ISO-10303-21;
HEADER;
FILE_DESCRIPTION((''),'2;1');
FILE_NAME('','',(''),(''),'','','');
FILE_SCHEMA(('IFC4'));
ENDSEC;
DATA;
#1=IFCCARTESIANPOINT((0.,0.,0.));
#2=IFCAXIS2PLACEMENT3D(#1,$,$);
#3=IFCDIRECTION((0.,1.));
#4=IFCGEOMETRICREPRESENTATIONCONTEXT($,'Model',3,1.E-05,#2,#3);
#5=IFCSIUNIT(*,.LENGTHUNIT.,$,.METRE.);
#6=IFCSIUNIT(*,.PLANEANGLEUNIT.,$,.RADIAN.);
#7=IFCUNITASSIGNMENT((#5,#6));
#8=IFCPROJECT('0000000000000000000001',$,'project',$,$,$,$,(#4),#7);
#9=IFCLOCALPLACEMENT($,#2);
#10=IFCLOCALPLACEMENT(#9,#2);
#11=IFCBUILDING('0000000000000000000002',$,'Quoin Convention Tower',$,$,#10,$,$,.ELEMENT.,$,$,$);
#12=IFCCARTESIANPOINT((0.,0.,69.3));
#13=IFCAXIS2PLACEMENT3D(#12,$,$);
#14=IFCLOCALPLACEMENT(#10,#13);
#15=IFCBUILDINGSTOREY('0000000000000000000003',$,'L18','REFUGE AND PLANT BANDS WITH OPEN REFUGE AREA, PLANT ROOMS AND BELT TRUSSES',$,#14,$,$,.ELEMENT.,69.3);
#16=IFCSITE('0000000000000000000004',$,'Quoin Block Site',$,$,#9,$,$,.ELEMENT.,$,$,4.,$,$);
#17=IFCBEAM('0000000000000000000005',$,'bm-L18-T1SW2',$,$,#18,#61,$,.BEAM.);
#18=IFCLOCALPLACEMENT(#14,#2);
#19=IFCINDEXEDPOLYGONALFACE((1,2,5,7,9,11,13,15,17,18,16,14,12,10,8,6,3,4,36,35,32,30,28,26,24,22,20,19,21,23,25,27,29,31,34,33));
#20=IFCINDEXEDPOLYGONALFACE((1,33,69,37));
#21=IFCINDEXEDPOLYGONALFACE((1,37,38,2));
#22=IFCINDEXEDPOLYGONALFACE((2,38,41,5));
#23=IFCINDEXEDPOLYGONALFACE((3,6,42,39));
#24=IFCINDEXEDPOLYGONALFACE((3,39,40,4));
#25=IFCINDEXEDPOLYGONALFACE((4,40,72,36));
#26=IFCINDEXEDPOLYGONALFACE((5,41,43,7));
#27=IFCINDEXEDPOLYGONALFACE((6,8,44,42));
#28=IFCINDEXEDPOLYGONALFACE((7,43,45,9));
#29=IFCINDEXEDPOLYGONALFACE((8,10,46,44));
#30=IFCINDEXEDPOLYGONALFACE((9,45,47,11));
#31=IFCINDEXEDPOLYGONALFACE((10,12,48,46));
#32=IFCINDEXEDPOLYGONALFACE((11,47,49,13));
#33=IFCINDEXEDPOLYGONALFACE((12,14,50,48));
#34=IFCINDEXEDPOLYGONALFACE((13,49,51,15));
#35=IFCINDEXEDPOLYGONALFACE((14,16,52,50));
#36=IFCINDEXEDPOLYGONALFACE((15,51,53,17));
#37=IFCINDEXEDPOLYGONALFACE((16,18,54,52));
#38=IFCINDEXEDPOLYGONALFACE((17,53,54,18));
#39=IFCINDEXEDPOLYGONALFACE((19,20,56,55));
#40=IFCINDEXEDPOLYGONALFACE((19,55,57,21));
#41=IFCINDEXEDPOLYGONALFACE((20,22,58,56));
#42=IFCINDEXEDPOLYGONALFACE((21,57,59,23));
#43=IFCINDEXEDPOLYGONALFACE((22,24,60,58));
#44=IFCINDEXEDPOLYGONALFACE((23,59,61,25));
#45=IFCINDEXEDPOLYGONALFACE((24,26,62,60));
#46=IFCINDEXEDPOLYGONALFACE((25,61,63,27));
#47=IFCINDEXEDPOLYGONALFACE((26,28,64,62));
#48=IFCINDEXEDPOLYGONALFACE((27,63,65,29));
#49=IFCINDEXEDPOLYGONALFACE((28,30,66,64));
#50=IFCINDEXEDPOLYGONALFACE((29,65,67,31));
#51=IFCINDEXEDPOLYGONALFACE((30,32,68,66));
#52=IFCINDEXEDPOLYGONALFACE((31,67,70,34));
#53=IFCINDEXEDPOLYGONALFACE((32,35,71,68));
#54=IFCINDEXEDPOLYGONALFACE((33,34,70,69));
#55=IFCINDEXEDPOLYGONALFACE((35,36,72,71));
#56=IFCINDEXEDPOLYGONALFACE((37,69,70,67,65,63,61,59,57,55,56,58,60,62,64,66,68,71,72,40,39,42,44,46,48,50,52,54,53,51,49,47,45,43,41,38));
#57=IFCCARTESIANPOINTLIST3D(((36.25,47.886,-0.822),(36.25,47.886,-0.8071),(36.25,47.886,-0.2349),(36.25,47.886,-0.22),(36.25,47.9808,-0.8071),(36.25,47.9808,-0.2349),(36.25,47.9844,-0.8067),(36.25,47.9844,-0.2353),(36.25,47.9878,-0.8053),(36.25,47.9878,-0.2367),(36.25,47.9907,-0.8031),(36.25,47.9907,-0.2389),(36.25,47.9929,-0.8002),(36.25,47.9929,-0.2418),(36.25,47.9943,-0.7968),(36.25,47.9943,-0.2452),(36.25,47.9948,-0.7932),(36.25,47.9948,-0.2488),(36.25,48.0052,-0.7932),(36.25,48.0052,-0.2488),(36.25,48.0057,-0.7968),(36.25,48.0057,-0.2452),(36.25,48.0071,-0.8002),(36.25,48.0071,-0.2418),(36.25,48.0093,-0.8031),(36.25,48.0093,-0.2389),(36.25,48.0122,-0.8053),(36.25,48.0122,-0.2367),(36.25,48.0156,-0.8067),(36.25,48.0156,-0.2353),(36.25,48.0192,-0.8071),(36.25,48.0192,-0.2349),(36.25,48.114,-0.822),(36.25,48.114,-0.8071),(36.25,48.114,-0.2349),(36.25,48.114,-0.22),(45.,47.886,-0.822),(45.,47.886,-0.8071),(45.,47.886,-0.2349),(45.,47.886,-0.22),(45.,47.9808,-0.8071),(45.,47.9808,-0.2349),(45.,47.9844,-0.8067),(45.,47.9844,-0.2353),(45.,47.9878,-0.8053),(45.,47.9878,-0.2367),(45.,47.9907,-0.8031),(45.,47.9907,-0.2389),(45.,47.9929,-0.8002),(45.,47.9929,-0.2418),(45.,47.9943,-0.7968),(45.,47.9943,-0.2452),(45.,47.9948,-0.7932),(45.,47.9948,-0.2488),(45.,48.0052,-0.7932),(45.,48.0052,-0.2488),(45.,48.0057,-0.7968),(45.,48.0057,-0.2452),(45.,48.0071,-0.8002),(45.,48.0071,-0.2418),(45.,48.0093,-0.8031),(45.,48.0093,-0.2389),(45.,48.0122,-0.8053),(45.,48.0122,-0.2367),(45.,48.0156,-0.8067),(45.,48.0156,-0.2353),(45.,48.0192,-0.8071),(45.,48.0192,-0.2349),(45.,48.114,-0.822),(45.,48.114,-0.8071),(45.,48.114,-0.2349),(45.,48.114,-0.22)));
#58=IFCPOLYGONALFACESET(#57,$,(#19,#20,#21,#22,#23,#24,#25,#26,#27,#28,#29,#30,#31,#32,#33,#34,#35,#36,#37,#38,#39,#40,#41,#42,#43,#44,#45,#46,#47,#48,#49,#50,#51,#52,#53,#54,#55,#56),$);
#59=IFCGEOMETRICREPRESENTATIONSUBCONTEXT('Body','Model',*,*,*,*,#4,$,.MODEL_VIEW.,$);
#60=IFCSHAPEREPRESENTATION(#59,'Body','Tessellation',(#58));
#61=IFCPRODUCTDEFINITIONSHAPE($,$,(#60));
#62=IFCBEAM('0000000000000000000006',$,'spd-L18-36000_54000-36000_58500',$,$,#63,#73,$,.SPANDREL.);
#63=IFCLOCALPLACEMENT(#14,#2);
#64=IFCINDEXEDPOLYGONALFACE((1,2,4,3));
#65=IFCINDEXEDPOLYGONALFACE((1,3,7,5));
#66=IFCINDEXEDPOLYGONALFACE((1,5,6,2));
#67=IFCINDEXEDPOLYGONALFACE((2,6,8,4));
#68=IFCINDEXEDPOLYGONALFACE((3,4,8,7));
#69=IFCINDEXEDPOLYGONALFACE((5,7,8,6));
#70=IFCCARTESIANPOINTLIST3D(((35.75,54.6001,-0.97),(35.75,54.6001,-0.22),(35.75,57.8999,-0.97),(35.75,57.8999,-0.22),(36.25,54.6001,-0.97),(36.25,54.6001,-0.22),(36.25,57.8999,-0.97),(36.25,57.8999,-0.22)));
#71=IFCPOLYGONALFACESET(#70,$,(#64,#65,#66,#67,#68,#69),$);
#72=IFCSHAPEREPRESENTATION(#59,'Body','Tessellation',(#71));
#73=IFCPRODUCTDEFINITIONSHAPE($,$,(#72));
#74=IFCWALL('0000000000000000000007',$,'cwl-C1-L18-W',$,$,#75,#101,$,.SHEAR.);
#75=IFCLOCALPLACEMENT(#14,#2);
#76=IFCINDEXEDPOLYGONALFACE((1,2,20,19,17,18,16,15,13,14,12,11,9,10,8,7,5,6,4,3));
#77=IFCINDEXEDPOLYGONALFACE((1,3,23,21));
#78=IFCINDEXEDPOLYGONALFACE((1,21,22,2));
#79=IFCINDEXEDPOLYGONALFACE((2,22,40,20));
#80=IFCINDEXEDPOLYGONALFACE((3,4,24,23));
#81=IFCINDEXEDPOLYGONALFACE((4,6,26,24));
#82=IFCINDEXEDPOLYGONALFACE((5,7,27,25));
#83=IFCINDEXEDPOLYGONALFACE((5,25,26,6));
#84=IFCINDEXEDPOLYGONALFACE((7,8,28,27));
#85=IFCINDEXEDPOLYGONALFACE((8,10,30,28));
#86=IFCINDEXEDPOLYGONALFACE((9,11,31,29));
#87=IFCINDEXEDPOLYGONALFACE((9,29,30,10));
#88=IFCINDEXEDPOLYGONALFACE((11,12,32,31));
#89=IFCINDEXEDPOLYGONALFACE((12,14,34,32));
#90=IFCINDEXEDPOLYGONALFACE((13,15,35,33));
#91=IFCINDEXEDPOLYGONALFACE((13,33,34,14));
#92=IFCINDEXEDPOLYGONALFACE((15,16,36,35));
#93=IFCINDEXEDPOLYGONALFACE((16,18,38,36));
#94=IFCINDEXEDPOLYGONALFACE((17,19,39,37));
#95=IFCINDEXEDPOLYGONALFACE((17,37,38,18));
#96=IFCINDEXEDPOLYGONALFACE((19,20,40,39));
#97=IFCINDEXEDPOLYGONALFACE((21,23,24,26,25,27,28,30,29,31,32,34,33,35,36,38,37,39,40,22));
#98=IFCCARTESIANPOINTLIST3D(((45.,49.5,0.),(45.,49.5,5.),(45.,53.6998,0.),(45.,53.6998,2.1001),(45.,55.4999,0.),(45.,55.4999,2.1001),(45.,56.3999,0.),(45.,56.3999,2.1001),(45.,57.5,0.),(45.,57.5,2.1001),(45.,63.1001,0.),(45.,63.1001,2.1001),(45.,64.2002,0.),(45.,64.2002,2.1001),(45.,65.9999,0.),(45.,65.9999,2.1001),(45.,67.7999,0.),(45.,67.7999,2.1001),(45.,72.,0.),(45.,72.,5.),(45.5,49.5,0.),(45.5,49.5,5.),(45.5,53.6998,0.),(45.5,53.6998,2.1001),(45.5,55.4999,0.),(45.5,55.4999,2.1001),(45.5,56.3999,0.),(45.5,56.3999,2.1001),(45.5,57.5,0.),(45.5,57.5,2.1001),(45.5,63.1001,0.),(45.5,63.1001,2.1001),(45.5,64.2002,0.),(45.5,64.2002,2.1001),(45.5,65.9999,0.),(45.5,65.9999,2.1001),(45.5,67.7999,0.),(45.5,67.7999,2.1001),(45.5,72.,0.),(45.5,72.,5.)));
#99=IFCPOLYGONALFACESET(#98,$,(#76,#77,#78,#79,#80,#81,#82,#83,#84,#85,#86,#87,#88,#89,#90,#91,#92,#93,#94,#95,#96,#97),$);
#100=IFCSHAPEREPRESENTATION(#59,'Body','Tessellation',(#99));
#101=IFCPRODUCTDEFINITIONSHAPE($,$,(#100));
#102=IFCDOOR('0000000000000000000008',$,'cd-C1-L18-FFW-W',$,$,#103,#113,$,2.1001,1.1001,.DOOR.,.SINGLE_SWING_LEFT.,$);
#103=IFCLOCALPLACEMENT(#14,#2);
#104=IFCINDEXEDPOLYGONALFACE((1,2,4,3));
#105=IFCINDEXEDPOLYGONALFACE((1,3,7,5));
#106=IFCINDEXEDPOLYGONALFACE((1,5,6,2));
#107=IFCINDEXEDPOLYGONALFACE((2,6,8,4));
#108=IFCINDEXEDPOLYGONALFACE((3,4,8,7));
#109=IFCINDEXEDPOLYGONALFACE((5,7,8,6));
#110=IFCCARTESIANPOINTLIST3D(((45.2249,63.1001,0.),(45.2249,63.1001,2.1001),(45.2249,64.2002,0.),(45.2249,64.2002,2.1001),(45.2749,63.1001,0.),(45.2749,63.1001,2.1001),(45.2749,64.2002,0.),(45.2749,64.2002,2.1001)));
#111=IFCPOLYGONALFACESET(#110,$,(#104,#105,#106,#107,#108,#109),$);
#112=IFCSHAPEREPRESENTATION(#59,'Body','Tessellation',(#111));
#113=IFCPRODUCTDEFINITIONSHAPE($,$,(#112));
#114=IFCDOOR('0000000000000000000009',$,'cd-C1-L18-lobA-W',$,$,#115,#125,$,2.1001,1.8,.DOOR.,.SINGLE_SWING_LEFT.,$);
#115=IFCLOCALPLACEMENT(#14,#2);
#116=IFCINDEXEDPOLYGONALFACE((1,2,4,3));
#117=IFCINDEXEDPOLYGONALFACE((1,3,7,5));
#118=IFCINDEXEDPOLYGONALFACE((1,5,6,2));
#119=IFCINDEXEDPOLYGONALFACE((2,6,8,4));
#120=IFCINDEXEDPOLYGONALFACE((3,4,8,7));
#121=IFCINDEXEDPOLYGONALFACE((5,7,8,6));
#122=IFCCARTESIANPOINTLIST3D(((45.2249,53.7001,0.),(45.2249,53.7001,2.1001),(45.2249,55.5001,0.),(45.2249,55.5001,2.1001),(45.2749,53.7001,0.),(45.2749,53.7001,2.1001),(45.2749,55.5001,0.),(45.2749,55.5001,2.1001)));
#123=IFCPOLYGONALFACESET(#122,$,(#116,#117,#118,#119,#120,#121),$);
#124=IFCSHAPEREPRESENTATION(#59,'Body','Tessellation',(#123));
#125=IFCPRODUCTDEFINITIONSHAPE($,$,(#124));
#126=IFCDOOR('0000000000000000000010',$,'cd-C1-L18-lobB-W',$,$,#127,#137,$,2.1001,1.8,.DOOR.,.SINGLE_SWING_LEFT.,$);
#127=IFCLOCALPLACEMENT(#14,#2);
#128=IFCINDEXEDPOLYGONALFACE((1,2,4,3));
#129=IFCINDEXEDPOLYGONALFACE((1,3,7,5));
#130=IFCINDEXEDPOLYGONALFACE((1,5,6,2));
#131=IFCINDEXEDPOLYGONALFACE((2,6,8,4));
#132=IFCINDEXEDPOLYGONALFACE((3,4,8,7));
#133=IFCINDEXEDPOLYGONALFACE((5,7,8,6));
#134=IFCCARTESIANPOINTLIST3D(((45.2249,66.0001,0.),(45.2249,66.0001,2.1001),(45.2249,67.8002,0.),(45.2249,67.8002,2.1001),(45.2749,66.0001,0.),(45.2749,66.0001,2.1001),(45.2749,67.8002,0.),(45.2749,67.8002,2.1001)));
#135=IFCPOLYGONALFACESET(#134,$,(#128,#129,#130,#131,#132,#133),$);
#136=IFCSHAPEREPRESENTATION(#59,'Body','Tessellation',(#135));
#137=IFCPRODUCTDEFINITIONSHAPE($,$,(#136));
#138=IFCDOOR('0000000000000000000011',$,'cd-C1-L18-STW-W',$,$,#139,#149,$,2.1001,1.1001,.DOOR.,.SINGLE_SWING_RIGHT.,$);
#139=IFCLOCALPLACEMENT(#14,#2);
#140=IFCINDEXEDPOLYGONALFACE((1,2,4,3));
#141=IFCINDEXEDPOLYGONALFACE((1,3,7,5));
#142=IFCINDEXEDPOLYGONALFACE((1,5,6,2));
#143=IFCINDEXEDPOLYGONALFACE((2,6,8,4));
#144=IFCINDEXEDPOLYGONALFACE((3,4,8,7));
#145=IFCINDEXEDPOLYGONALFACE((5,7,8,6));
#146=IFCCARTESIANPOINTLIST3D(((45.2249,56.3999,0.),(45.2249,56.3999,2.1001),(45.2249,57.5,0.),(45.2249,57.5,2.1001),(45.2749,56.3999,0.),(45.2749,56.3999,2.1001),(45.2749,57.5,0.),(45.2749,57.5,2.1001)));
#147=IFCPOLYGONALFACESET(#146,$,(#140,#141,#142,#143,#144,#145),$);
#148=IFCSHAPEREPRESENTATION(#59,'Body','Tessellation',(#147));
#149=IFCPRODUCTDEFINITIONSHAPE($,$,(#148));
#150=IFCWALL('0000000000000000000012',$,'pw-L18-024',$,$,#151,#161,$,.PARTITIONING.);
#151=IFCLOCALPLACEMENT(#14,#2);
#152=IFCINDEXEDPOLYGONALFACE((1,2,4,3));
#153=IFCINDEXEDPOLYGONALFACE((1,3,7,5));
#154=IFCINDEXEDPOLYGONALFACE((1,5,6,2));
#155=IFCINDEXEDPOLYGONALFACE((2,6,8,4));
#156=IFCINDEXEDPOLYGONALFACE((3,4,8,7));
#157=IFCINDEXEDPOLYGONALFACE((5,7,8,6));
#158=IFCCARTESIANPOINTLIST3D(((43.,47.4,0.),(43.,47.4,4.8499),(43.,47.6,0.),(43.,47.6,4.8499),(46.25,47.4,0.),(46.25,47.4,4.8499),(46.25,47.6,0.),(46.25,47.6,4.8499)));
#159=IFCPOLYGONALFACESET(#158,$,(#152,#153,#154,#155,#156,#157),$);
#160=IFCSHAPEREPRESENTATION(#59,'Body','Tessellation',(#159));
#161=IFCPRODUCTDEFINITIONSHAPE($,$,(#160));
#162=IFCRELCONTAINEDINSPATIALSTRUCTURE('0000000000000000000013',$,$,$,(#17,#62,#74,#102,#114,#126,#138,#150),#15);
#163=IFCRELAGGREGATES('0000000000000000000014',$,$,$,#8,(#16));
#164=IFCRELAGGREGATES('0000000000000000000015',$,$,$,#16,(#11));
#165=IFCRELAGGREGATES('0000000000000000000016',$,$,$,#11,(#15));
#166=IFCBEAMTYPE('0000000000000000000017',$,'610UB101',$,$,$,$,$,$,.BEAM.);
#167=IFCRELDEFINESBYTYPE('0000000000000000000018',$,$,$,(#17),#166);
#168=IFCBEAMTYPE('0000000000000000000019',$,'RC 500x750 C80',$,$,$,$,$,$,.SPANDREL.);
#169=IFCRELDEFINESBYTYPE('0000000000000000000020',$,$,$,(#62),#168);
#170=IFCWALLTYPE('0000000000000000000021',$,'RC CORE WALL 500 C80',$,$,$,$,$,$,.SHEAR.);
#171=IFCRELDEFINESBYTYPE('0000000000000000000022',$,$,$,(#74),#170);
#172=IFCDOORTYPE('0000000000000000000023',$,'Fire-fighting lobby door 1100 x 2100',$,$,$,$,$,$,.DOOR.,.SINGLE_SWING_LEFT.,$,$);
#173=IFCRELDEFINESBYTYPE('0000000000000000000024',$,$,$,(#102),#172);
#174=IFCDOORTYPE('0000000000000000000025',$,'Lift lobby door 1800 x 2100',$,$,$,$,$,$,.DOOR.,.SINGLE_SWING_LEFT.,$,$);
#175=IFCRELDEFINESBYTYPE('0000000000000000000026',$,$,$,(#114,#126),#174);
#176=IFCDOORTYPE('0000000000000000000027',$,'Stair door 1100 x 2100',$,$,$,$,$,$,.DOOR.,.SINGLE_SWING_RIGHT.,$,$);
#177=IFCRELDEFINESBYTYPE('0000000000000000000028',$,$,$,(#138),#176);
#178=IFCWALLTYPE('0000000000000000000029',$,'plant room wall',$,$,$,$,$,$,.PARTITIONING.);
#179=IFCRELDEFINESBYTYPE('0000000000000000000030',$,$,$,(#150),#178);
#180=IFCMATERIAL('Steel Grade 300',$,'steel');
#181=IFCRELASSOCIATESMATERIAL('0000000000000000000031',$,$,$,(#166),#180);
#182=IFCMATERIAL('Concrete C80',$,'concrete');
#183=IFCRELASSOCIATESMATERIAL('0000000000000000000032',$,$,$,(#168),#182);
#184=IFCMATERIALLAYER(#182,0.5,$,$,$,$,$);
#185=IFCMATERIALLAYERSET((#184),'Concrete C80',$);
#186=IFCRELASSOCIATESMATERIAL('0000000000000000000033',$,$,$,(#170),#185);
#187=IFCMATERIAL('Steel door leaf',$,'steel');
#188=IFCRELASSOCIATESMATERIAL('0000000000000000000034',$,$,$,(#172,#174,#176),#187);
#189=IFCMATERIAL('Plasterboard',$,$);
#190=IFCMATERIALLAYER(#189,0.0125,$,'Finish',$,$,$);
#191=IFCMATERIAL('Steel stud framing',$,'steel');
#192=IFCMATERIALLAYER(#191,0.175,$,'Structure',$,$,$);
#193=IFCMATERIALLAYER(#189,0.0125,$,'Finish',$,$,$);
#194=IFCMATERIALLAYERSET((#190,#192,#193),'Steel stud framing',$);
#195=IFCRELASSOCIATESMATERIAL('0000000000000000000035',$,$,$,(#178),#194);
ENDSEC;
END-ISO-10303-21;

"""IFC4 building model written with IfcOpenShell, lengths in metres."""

from ifc_helpers import new_model, si_unit, direction, frame, frame_2d, origin, origin_2d, place, context, subcontext, project, spatial, rectangle, i_section, extrude, material, layer, layer_set, material_profile, profile_set, type_object, element, fill, save


model = new_model("IFC4")

# Units and contexts
model_context = context("Model", 3, precision=1e-05, world=origin(), true_north=direction((0.0, 1.0)))
body_context = subcontext(model_context, "Body", "Model", "MODEL_VIEW")
ifc_project = project(units=[si_unit("LENGTHUNIT", "METRE"), si_unit("PLANEANGLEUNIT", "RADIAN")], contexts=[model_context])

# Site, building, storey
site_placement = place(None, origin())
site = spatial("IfcSite", under=ifc_project, at=site_placement, Name="Quoin Block Site", CompositionType="ELEMENT", RefElevation=4.0)
building_placement = place(site_placement, origin())
building = spatial("IfcBuilding", under=site, at=building_placement, Name="Quoin Convention Tower", CompositionType="ELEMENT")
storey_placement = place(building_placement, frame((0.0, 0.0, 69.3)))
storey = spatial("IfcBuildingStorey", under=building, at=storey_placement, Name="L18", Description="REFUGE AND PLANT BANDS WITH OPEN REFUGE AREA, PLANT ROOMS AND BELT TRUSSES", CompositionType="ELEMENT", Elevation=69.3)

# Shared definitions
ifc_material_1 = material(Name="Concrete C80", Category="concrete")

# Shared definitions
ifc_material_2 = material(Name="Steel Grade 300", Category="steel")

# Beams
ifc_material_profile_1 = material_profile(ifc_material_2, i_section(OverallWidth=0.228, OverallDepth=0.6021, WebThickness=0.0105, FlangeThickness=0.0149, FilletRadius=0.0139, at=origin_2d()), Name="610UB101")
ifc_profile_set_1 = profile_set([ifc_material_profile_1], Name="Steel Grade 300")
beam_type_1 = type_object("IfcBeamType", Name="610UB101", PredefinedType="BEAM", material=ifc_profile_set_1)
for number, where, z_axis, x_axis, name in (
    (1, (36.25, 48.0, -0.521), (1.0, 0.0, 0.0), (0.0, 1.0, 0.0), "bm-L18-T1SW2"),
):
    element("IfcBeam", number, at=place(storey_placement, frame(where, z_axis=z_axis, x_axis=x_axis)), inside=storey, type_object=beam_type_1, Name=name, PredefinedType="BEAM", context=body_context, shape_type="SweptSolid", body=[
        extrude(i_section(OverallWidth=0.228, OverallDepth=0.6021, WebThickness=0.0105, FlangeThickness=0.0149, FilletRadius=0.0139, at=origin_2d()), origin(), (0.0, 0.0, 1.0), 8.75),
    ])
ifc_material_profile_2 = material_profile(ifc_material_1, rectangle(XDim=0.5, YDim=0.75, at=origin_2d()), Name="RC 500x750")
ifc_profile_set_2 = profile_set([ifc_material_profile_2], Name="Concrete C80")
beam_type_2 = type_object("IfcBeamType", Name="RC 500x750 C80", PredefinedType="SPANDREL", material=ifc_profile_set_2)
beam_1_placement = place(storey_placement, frame((36.0, 54.6001, -0.595), z_axis=(0.0, 1.0, 0.0), x_axis=(-1.0, 0.0, 0.0)))
element("IfcBeam", 2, at=beam_1_placement, inside=storey, type_object=beam_type_2, Name="spd-L18-36000_54000-36000_58500", PredefinedType="SPANDREL", context=body_context, shape_type="SweptSolid", body=[
    extrude(rectangle(XDim=0.5, YDim=0.75, at=origin_2d()), origin(), (0.0, 0.0, 1.0), 3.2998),
])

# Wall, openings, doors
ifc_layer_1 = layer(ifc_material_1, 0.5)
ifc_layer_set_1 = layer_set([ifc_layer_1], Name="Concrete C80")
wall_type_1 = type_object("IfcWallType", Name="RC CORE WALL 500 C80", PredefinedType="SHEAR", material=ifc_layer_set_1)
wall_1_placement = place(storey_placement, frame((45.25, 49.5, 0.0), z_axis=(0.0, 0.0, 1.0), x_axis=(0.0, 1.0, 0.0)))
wall_1 = element("IfcWall", 3, at=wall_1_placement, inside=storey, type_object=wall_type_1, Name="cwl-C1-L18-W", PredefinedType="SHEAR", context=body_context, shape_type="SweptSolid", body=[
    extrude(rectangle(XDim=22.5, YDim=0.5, at=frame_2d((11.25, 0.0))), origin(), (0.0, 0.0, 1.0), 5.0),
])
opening_1_placement = place(wall_1_placement, frame((4.2, 0.0, 0.0)))
opening_1 = element("IfcOpeningElement", 4, at=opening_1_placement, cuts=wall_1, PredefinedType="OPENING", context=body_context, shape_type="SweptSolid", body=[
    extrude(rectangle(XDim=1.8, YDim=2.1001, at=frame_2d((0.8999, 1.05))), frame((0.0, 0.26, 0.0), z_axis=(0.0, -1.0, 0.0), x_axis=(1.0, 0.0, 0.0)), (0.0, 0.0, 1.0), 0.52),
])
opening_2_placement = place(wall_1_placement, frame((6.8999, 0.0, 0.0)))
opening_2 = element("IfcOpeningElement", 5, at=opening_2_placement, cuts=wall_1, PredefinedType="OPENING", context=body_context, shape_type="SweptSolid", body=[
    extrude(rectangle(XDim=1.1001, YDim=2.1001, at=frame_2d((0.55, 1.05))), frame((0.0, 0.26, 0.0), z_axis=(0.0, -1.0, 0.0), x_axis=(1.0, 0.0, 0.0)), (0.0, 0.0, 1.0), 0.52),
])
opening_3_placement = place(wall_1_placement, frame((13.6001, 0.0, 0.0)))
opening_3 = element("IfcOpeningElement", 6, at=opening_3_placement, cuts=wall_1, PredefinedType="OPENING", context=body_context, shape_type="SweptSolid", body=[
    extrude(rectangle(XDim=1.1001, YDim=2.1001, at=frame_2d((0.55, 1.05))), frame((0.0, 0.26, 0.0), z_axis=(0.0, -1.0, 0.0), x_axis=(1.0, 0.0, 0.0)), (0.0, 0.0, 1.0), 0.52),
])
opening_4_placement = place(wall_1_placement, frame((16.5, 0.0, 0.0)))
opening_4 = element("IfcOpeningElement", 7, at=opening_4_placement, cuts=wall_1, PredefinedType="OPENING", context=body_context, shape_type="SweptSolid", body=[
    extrude(rectangle(XDim=1.8, YDim=2.1001, at=frame_2d((0.8999, 1.05))), frame((0.0, 0.26, 0.0), z_axis=(0.0, -1.0, 0.0), x_axis=(1.0, 0.0, 0.0)), (0.0, 0.0, 1.0), 0.52),
])
ifc_material_3 = material(Name="Steel door leaf", Category="steel")
door_type_1 = type_object("IfcDoorType", Name="Fire-fighting lobby door 1100 x 2100", OperationType="SINGLE_SWING_LEFT", PredefinedType="DOOR", material=ifc_material_3)
door_1_placement = place(opening_3_placement, frame((1.1001, 0.0, 0.0), z_axis=(0.0, 0.0, 1.0), x_axis=(-1.0, 0.0, 0.0)))
door_1 = element("IfcDoor", 8, at=door_1_placement, inside=storey, type_object=door_type_1, Name="cd-C1-L18-FFW-W", OperationType="SINGLE_SWING_LEFT", OverallHeight=2.1001, OverallWidth=1.1001, PredefinedType="DOOR", context=body_context, shape_type="SweptSolid", body=[
    extrude(rectangle(XDim=1.1001, YDim=2.1001, at=frame_2d((0.55, 1.05))), frame((0.0, 0.0249, 0.0), z_axis=(0.0, -1.0, 0.0), x_axis=(1.0, 0.0, 0.0)), (0.0, 0.0, 1.0), 0.05),
])
fill(opening_3, door_1)
door_type_2 = type_object("IfcDoorType", Name="Lift lobby door 1800 x 2100", OperationType="SINGLE_SWING_LEFT", PredefinedType="DOOR", material=ifc_material_3)
door_2_placement = place(opening_1_placement, frame((1.8, 0.0, 0.0), z_axis=(0.0, 0.0, 1.0), x_axis=(-1.0, 0.0, 0.0)))
door_2 = element("IfcDoor", 9, at=door_2_placement, inside=storey, type_object=door_type_2, Name="cd-C1-L18-lobA-W", OperationType="SINGLE_SWING_LEFT", OverallHeight=2.1001, OverallWidth=1.8, PredefinedType="DOOR", context=body_context, shape_type="SweptSolid", body=[
    extrude(rectangle(XDim=1.8, YDim=2.1001, at=frame_2d((0.8999, 1.05))), frame((0.0, 0.0249, 0.0), z_axis=(0.0, -1.0, 0.0), x_axis=(1.0, 0.0, 0.0)), (0.0, 0.0, 1.0), 0.05),
])
fill(opening_1, door_2)
door_3_placement = place(opening_4_placement, frame((1.8, 0.0, 0.0), z_axis=(0.0, 0.0, 1.0), x_axis=(-1.0, 0.0, 0.0)))
door_3 = element("IfcDoor", 10, at=door_3_placement, inside=storey, type_object=door_type_2, Name="cd-C1-L18-lobB-W", OperationType="SINGLE_SWING_LEFT", OverallHeight=2.1001, OverallWidth=1.8, PredefinedType="DOOR", context=body_context, shape_type="SweptSolid", body=[
    extrude(rectangle(XDim=1.8, YDim=2.1001, at=frame_2d((0.8999, 1.05))), frame((0.0, 0.0249, 0.0), z_axis=(0.0, -1.0, 0.0), x_axis=(1.0, 0.0, 0.0)), (0.0, 0.0, 1.0), 0.05),
])
fill(opening_4, door_3)
door_type_3 = type_object("IfcDoorType", Name="Stair door 1100 x 2100", OperationType="SINGLE_SWING_RIGHT", PredefinedType="DOOR", material=ifc_material_3)
door_4_placement = place(opening_2_placement, frame((1.1001, 0.0, 0.0), z_axis=(0.0, 0.0, 1.0), x_axis=(-1.0, 0.0, 0.0)))
door_4 = element("IfcDoor", 11, at=door_4_placement, inside=storey, type_object=door_type_3, Name="cd-C1-L18-STW-W", OperationType="SINGLE_SWING_RIGHT", OverallHeight=2.1001, OverallWidth=1.1001, PredefinedType="DOOR", context=body_context, shape_type="SweptSolid", body=[
    extrude(rectangle(XDim=1.1001, YDim=2.1001, at=frame_2d((0.55, 1.05))), frame((0.0, 0.0249, 0.0), z_axis=(0.0, -1.0, 0.0), x_axis=(1.0, 0.0, 0.0)), (0.0, 0.0, 1.0), 0.05),
])
fill(opening_2, door_4)

# Wall
ifc_material_4 = material(Name="Plasterboard")
ifc_layer_2 = layer(ifc_material_4, 0.0125, Name="Finish")
ifc_material_5 = material(Name="Steel stud framing", Category="steel")
ifc_layer_3 = layer(ifc_material_5, 0.175, Name="Structure")
ifc_layer_4 = layer(ifc_material_4, 0.0125, Name="Finish")
ifc_layer_set_2 = layer_set([ifc_layer_2, ifc_layer_3, ifc_layer_4], Name="Steel stud framing")
wall_type_2 = type_object("IfcWallType", Name="plant room wall", PredefinedType="PARTITIONING", material=ifc_layer_set_2)
for number, where, z_axis, x_axis, name in (
    (12, (43.0, 47.5, 0.0), (0.0, 0.0, 1.0), (1.0, 0.0, 0.0), "pw-L18-024"),
):
    element("IfcWall", number, at=place(storey_placement, frame(where, z_axis=z_axis, x_axis=x_axis)), inside=storey, type_object=wall_type_2, Name=name, PredefinedType="PARTITIONING", context=body_context, shape_type="SweptSolid", body=[
        extrude(rectangle(XDim=3.25, YDim=0.2, at=frame_2d((1.625, 0.0))), origin(), (0.0, 0.0, 1.0), 4.8499),
    ])

save(model, "model.ifc")
